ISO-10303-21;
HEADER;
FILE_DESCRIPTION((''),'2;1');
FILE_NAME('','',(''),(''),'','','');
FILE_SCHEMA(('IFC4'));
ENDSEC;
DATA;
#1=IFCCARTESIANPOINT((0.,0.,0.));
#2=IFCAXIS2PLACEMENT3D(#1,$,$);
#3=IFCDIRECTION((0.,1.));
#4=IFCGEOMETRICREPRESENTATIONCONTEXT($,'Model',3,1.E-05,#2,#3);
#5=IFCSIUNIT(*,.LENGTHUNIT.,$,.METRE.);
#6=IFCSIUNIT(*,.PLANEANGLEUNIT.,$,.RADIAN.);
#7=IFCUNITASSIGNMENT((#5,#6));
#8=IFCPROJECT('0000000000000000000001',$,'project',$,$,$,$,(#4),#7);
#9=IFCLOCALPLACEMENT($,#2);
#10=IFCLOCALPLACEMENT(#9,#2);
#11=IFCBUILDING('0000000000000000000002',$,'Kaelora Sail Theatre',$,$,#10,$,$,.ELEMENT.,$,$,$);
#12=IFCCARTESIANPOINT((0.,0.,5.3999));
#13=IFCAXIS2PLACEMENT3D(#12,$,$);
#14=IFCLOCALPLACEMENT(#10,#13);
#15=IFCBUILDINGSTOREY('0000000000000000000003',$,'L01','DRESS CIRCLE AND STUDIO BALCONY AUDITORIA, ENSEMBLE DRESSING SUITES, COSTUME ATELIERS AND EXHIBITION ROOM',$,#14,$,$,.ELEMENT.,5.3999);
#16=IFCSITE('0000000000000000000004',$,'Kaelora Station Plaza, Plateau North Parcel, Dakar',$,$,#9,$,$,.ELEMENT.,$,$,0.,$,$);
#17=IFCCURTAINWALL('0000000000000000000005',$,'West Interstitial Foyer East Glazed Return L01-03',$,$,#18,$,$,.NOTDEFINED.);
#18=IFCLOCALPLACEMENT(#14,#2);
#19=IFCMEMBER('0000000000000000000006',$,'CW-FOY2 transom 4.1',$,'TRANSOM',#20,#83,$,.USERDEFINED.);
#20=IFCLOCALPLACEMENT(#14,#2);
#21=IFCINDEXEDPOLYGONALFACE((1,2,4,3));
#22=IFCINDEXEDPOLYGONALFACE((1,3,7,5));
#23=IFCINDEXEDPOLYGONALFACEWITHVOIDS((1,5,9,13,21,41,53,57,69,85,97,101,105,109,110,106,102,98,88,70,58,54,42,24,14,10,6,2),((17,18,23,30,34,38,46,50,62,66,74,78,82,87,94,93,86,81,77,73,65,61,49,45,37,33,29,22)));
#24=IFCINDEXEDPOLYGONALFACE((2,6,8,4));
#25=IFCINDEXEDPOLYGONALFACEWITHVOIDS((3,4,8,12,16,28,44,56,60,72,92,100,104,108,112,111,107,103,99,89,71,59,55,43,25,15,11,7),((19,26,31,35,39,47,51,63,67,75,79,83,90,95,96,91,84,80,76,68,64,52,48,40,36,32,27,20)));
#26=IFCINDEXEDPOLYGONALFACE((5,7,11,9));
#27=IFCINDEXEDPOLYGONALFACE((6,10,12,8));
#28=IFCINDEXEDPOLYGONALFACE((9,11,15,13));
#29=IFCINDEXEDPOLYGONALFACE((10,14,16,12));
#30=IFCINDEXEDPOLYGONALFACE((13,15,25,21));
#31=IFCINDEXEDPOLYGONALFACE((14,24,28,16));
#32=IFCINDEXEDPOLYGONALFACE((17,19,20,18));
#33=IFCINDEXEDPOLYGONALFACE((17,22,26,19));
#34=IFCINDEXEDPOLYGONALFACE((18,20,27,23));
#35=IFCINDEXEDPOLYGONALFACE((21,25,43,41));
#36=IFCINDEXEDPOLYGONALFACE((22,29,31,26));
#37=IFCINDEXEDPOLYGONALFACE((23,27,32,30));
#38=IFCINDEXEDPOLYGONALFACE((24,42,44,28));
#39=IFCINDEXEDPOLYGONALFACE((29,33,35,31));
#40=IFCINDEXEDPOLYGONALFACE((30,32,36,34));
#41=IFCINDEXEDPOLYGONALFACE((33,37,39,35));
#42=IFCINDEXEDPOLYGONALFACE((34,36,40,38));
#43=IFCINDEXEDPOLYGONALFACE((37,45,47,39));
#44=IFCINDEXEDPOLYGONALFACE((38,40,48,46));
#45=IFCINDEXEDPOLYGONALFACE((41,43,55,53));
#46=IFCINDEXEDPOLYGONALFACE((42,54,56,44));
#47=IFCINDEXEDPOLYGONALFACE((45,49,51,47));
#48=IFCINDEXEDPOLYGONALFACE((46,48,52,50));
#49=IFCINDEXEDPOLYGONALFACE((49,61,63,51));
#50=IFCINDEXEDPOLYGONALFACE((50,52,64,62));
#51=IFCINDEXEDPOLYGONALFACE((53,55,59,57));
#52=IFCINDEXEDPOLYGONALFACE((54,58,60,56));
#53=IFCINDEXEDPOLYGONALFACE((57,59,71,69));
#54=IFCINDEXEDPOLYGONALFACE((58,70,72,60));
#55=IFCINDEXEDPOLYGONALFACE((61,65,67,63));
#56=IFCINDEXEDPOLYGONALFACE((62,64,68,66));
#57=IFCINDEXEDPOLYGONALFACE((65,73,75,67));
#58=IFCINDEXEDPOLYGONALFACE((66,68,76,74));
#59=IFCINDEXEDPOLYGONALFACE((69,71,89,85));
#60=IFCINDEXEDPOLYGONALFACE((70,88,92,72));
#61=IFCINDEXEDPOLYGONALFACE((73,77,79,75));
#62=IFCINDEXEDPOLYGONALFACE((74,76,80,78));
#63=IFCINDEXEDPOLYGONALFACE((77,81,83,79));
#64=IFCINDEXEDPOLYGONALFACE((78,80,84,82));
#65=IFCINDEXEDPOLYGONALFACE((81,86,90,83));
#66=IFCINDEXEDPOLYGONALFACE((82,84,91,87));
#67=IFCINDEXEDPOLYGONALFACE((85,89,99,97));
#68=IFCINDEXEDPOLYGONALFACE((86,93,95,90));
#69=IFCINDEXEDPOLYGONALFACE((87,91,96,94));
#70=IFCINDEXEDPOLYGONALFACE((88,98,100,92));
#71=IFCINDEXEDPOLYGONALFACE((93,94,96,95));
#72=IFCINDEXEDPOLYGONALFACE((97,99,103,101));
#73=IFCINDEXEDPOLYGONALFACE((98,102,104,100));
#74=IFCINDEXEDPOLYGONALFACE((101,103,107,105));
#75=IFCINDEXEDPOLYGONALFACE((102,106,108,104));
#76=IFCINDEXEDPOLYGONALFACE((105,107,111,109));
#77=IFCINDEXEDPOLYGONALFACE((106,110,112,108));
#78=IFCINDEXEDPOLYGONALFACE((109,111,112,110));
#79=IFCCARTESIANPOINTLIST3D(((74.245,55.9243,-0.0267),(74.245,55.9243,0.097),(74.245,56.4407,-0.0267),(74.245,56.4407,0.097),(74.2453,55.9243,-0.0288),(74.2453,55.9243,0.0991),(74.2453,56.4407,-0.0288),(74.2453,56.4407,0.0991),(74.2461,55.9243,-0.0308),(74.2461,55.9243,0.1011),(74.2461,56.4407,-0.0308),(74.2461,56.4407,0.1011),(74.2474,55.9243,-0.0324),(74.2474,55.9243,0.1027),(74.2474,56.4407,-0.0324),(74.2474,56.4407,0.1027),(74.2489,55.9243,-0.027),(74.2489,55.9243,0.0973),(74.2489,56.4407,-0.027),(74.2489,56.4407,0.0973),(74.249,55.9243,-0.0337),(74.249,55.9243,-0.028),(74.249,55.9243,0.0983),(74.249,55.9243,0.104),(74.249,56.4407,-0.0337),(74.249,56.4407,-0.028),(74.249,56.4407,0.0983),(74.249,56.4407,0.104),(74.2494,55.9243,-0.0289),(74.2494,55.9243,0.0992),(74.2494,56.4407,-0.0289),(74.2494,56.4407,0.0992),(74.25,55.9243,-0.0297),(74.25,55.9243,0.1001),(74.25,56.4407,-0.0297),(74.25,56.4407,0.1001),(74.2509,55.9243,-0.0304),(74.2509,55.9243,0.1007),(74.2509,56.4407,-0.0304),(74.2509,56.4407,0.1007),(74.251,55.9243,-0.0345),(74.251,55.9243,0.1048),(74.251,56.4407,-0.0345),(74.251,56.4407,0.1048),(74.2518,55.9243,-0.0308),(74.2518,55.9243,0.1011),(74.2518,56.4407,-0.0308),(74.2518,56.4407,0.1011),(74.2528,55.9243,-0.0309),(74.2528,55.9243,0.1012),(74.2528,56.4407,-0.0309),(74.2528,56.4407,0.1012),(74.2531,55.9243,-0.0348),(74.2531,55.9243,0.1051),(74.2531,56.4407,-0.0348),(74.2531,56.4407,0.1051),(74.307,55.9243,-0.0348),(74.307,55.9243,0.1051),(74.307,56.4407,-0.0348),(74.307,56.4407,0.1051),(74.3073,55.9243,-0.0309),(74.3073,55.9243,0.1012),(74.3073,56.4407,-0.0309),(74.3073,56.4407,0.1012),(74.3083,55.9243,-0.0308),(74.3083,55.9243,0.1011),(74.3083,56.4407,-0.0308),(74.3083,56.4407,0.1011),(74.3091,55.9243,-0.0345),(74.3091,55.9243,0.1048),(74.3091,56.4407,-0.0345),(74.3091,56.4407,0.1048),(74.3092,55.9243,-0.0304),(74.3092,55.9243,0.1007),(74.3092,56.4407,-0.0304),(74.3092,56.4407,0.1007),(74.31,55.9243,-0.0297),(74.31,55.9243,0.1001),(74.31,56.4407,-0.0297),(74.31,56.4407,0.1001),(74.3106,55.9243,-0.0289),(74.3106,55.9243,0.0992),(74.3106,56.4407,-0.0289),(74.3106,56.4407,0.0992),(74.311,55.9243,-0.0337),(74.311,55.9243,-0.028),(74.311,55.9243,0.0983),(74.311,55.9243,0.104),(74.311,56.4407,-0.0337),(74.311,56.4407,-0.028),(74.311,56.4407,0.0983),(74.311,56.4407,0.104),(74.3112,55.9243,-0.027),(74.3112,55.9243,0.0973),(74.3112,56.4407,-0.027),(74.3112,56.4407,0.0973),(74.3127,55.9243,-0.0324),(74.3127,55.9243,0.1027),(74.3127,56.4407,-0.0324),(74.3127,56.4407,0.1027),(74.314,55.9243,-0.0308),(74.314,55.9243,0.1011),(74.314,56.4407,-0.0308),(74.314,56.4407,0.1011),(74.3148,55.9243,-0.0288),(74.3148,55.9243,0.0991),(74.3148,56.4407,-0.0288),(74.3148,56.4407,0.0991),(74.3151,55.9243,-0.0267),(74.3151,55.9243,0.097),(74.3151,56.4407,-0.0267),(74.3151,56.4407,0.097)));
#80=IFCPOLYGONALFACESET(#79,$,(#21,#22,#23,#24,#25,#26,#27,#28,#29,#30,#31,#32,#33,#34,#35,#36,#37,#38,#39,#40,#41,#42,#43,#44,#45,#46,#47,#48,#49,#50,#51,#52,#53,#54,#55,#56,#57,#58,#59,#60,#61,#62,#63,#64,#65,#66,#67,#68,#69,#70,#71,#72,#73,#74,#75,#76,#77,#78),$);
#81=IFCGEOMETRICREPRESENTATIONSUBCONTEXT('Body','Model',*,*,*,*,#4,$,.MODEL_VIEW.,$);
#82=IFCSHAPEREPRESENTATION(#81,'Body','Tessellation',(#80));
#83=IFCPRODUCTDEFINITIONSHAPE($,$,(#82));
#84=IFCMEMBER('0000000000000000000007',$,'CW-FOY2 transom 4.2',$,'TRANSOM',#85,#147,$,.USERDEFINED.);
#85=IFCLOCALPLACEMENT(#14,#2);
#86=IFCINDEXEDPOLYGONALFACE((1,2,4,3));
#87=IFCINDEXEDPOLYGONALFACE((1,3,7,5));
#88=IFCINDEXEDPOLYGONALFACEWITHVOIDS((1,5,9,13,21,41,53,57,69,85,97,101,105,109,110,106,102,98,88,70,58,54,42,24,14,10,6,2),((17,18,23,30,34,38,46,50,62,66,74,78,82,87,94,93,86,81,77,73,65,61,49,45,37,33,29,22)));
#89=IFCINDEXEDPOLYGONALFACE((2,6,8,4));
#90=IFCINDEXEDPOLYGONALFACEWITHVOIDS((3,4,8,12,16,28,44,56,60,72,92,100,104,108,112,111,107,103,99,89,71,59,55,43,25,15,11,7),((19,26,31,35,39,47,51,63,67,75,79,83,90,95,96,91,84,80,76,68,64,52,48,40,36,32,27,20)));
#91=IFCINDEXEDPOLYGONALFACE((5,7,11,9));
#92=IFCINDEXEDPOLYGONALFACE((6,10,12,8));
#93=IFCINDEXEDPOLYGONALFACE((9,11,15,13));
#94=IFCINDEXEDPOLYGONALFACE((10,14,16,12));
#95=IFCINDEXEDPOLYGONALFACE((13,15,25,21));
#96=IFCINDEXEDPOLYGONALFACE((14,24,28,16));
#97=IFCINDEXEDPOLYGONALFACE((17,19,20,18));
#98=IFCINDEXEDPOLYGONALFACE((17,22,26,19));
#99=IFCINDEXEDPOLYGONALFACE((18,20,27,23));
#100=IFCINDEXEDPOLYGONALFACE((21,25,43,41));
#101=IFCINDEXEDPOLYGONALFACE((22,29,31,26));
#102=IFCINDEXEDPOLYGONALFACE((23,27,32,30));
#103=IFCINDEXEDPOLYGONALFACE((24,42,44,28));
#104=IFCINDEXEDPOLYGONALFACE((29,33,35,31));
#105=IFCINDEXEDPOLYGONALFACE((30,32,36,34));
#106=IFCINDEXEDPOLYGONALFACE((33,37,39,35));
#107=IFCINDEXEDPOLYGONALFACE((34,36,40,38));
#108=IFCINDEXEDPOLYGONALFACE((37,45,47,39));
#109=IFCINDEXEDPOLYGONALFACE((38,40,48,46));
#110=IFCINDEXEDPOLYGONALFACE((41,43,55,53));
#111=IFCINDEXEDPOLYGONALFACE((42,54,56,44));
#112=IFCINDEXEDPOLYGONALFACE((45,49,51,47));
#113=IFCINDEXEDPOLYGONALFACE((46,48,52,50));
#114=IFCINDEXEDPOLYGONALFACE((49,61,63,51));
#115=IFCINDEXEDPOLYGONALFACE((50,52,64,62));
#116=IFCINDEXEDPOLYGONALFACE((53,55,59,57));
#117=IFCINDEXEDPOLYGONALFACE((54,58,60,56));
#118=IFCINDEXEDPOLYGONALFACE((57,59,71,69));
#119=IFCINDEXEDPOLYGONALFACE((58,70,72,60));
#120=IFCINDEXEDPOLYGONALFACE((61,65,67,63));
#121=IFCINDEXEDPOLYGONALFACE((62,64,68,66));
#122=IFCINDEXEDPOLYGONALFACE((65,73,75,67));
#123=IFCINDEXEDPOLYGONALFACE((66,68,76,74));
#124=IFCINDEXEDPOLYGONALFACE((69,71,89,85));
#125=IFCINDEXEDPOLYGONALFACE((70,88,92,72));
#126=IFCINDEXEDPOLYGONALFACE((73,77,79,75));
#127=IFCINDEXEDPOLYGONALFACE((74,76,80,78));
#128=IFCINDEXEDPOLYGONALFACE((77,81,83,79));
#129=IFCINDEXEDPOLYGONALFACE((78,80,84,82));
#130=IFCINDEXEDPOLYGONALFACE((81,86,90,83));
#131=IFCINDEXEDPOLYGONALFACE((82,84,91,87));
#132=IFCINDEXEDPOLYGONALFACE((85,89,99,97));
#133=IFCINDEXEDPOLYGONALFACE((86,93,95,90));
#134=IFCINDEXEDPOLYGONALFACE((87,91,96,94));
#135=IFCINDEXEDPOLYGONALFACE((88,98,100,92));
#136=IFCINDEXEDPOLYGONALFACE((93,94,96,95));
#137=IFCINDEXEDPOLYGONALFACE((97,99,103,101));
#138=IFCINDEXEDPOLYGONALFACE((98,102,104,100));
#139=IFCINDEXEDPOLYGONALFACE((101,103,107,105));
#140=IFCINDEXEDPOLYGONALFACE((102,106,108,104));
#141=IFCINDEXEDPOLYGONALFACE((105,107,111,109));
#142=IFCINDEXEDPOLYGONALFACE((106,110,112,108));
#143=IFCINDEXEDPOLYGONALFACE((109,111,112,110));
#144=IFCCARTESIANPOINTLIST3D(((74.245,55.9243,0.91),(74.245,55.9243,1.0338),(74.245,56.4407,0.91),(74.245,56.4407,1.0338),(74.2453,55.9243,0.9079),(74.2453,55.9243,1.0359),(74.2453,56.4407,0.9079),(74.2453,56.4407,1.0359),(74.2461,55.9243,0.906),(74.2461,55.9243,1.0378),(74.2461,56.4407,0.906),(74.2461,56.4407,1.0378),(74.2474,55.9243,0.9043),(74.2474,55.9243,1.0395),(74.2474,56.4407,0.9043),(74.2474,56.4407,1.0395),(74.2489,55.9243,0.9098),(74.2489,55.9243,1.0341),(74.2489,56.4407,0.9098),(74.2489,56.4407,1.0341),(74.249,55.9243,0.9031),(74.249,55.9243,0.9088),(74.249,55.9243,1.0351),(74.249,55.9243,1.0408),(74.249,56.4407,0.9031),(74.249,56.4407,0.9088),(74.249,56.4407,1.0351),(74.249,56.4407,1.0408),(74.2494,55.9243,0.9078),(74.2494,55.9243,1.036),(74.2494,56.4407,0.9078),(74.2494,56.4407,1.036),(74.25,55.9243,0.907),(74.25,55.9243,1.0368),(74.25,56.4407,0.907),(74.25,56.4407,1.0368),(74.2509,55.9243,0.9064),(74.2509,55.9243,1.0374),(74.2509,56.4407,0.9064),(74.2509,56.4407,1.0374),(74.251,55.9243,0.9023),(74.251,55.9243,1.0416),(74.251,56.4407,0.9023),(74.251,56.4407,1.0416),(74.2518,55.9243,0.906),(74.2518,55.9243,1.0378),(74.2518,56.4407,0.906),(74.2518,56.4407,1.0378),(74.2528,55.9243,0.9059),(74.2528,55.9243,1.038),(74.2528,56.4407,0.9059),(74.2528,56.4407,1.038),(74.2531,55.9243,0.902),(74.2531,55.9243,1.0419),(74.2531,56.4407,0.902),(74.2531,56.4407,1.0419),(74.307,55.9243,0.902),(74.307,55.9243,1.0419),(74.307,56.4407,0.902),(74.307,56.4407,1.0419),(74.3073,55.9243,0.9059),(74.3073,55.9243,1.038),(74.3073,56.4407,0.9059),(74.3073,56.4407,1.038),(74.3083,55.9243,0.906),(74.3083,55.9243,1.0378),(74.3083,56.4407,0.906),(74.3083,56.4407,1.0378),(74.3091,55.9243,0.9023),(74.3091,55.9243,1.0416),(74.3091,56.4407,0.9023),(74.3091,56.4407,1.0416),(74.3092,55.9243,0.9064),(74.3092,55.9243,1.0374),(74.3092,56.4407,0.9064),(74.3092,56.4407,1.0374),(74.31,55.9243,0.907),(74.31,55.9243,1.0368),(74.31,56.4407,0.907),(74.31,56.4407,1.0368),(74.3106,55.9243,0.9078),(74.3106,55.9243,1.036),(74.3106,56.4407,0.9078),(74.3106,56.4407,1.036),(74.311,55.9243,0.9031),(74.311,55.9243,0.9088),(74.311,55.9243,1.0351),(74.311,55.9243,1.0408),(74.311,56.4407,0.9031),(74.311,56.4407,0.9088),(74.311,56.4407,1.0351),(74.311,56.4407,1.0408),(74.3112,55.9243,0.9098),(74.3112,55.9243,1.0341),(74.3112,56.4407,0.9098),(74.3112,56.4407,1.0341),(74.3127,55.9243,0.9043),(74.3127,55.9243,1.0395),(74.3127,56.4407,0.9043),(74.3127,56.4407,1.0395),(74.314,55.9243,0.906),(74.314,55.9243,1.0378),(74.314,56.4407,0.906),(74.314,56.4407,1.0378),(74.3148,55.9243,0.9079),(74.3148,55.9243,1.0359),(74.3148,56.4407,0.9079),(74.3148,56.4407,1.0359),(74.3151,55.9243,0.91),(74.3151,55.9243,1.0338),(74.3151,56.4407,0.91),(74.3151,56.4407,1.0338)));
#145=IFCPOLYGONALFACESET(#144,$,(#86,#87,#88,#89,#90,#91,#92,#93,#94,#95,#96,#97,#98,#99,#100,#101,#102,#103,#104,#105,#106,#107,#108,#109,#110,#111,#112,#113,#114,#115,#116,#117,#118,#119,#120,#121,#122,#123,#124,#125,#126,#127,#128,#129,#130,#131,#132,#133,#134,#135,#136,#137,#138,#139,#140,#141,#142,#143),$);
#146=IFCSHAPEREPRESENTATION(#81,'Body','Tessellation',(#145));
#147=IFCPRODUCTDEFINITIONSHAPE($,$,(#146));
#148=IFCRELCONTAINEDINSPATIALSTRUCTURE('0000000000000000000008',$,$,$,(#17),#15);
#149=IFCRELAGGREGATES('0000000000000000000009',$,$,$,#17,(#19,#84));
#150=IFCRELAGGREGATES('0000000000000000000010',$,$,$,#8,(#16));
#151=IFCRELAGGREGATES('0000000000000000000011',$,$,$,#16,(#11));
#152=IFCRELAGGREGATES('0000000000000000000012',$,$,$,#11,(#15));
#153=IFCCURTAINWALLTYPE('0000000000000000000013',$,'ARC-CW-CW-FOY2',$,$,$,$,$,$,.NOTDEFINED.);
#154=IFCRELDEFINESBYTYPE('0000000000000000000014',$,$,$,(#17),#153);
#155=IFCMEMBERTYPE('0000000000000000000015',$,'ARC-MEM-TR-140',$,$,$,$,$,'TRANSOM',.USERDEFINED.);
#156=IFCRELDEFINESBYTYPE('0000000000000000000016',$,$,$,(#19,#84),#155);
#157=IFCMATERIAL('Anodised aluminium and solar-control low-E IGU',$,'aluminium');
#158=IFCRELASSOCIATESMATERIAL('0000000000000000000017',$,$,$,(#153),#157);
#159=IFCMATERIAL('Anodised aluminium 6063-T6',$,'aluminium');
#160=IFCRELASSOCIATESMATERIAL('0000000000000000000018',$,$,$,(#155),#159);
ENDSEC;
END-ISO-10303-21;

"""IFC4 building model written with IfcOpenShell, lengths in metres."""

from ifc_helpers import new_model, si_unit, direction, frame, origin, origin_2d, place, context, subcontext, project, spatial, hollow_rectangle, extrude, material, material_profile, profile_set, type_object, element, aggregate, save


model = new_model("IFC4")

# Units and contexts
model_context = context("Model", 3, precision=1e-05, world=origin(), true_north=direction((0.0, 1.0)))
body_context = subcontext(model_context, "Body", "Model", "MODEL_VIEW")
ifc_project = project(units=[si_unit("LENGTHUNIT", "METRE"), si_unit("PLANEANGLEUNIT", "RADIAN")], contexts=[model_context])

# Site, building, storey
site_placement = place(None, origin())
site = spatial("IfcSite", under=ifc_project, at=site_placement, Name="Kaelora Station Plaza, Plateau North Parcel, Dakar", CompositionType="ELEMENT", RefElevation=0.0)
building_placement = place(site_placement, origin())
building = spatial("IfcBuilding", under=site, at=building_placement, Name="Kaelora Sail Theatre", CompositionType="ELEMENT")
storey_placement = place(building_placement, frame((0.0, 0.0, 5.3999)))
storey = spatial("IfcBuildingStorey", under=building, at=storey_placement, Name="L01", Description="DRESS CIRCLE AND STUDIO BALCONY AUDITORIA, ENSEMBLE DRESSING SUITES, COSTUME ATELIERS AND EXHIBITION ROOM", CompositionType="ELEMENT", Elevation=5.3999)

# Curtain wall, members
ifc_material_1 = material(Name="Anodised aluminium and solar-control low-E IGU", Category="aluminium")
curtain_wall_type = type_object("IfcCurtainWallType", Name="ARC-CW-CW-FOY2", PredefinedType="NOTDEFINED", material=ifc_material_1)
curtain_wall_placement = place(storey_placement, origin())
curtain_wall = element("IfcCurtainWall", 1, at=curtain_wall_placement, inside=storey, type_object=curtain_wall_type, Name="West Interstitial Foyer East Glazed Return L01-03", PredefinedType="NOTDEFINED")
ifc_material_2 = material(Name="Anodised aluminium 6063-T6", Category="aluminium")
ifc_material_profile_1 = material_profile(ifc_material_2, hollow_rectangle(XDim=0.0701, YDim=0.1399, WallThickness=0.0039, InnerFilletRadius=0.0039, OuterFilletRadius=0.0081, at=origin_2d()), Name="ALU-TRAN 70x140x4")
ifc_profile_set_1 = profile_set([ifc_material_profile_1], Name="Anodised aluminium 6063-T6")
member_type_1 = type_object("IfcMemberType", Name="ARC-MEM-TR-140", ElementType="TRANSOM", PredefinedType="USERDEFINED", material=ifc_profile_set_1)
member_1_placement = place(storey_placement, frame((74.28, 55.9243, 0.0352), z_axis=(0.0, 1.0, 0.0), x_axis=(-1.0, 0.0, 0.0)))
member_1 = element("IfcMember", 2, at=member_1_placement, type_object=member_type_1, Name="CW-FOY2 transom 4.1", ObjectType="TRANSOM", PredefinedType="USERDEFINED", context=body_context, shape_type="SweptSolid", body=[
    extrude(hollow_rectangle(XDim=0.0701, YDim=0.1399, WallThickness=0.0039, InnerFilletRadius=0.0039, OuterFilletRadius=0.0081, at=origin_2d()), origin(), (0.0, 0.0, 1.0), 0.5164),
])
member_2_placement = place(storey_placement, frame((74.28, 55.9243, 0.9719), z_axis=(0.0, 1.0, 0.0), x_axis=(-1.0, 0.0, 0.0)))
member_2 = element("IfcMember", 3, at=member_2_placement, type_object=member_type_1, Name="CW-FOY2 transom 4.2", ObjectType="TRANSOM", PredefinedType="USERDEFINED", context=body_context, shape_type="SweptSolid", body=[
    extrude(hollow_rectangle(XDim=0.0701, YDim=0.1399, WallThickness=0.0039, InnerFilletRadius=0.0039, OuterFilletRadius=0.0081, at=origin_2d()), origin(), (0.0, 0.0, 1.0), 0.5164),
])
aggregate(curtain_wall, [member_1, member_2])

save(model, "model.ifc")
